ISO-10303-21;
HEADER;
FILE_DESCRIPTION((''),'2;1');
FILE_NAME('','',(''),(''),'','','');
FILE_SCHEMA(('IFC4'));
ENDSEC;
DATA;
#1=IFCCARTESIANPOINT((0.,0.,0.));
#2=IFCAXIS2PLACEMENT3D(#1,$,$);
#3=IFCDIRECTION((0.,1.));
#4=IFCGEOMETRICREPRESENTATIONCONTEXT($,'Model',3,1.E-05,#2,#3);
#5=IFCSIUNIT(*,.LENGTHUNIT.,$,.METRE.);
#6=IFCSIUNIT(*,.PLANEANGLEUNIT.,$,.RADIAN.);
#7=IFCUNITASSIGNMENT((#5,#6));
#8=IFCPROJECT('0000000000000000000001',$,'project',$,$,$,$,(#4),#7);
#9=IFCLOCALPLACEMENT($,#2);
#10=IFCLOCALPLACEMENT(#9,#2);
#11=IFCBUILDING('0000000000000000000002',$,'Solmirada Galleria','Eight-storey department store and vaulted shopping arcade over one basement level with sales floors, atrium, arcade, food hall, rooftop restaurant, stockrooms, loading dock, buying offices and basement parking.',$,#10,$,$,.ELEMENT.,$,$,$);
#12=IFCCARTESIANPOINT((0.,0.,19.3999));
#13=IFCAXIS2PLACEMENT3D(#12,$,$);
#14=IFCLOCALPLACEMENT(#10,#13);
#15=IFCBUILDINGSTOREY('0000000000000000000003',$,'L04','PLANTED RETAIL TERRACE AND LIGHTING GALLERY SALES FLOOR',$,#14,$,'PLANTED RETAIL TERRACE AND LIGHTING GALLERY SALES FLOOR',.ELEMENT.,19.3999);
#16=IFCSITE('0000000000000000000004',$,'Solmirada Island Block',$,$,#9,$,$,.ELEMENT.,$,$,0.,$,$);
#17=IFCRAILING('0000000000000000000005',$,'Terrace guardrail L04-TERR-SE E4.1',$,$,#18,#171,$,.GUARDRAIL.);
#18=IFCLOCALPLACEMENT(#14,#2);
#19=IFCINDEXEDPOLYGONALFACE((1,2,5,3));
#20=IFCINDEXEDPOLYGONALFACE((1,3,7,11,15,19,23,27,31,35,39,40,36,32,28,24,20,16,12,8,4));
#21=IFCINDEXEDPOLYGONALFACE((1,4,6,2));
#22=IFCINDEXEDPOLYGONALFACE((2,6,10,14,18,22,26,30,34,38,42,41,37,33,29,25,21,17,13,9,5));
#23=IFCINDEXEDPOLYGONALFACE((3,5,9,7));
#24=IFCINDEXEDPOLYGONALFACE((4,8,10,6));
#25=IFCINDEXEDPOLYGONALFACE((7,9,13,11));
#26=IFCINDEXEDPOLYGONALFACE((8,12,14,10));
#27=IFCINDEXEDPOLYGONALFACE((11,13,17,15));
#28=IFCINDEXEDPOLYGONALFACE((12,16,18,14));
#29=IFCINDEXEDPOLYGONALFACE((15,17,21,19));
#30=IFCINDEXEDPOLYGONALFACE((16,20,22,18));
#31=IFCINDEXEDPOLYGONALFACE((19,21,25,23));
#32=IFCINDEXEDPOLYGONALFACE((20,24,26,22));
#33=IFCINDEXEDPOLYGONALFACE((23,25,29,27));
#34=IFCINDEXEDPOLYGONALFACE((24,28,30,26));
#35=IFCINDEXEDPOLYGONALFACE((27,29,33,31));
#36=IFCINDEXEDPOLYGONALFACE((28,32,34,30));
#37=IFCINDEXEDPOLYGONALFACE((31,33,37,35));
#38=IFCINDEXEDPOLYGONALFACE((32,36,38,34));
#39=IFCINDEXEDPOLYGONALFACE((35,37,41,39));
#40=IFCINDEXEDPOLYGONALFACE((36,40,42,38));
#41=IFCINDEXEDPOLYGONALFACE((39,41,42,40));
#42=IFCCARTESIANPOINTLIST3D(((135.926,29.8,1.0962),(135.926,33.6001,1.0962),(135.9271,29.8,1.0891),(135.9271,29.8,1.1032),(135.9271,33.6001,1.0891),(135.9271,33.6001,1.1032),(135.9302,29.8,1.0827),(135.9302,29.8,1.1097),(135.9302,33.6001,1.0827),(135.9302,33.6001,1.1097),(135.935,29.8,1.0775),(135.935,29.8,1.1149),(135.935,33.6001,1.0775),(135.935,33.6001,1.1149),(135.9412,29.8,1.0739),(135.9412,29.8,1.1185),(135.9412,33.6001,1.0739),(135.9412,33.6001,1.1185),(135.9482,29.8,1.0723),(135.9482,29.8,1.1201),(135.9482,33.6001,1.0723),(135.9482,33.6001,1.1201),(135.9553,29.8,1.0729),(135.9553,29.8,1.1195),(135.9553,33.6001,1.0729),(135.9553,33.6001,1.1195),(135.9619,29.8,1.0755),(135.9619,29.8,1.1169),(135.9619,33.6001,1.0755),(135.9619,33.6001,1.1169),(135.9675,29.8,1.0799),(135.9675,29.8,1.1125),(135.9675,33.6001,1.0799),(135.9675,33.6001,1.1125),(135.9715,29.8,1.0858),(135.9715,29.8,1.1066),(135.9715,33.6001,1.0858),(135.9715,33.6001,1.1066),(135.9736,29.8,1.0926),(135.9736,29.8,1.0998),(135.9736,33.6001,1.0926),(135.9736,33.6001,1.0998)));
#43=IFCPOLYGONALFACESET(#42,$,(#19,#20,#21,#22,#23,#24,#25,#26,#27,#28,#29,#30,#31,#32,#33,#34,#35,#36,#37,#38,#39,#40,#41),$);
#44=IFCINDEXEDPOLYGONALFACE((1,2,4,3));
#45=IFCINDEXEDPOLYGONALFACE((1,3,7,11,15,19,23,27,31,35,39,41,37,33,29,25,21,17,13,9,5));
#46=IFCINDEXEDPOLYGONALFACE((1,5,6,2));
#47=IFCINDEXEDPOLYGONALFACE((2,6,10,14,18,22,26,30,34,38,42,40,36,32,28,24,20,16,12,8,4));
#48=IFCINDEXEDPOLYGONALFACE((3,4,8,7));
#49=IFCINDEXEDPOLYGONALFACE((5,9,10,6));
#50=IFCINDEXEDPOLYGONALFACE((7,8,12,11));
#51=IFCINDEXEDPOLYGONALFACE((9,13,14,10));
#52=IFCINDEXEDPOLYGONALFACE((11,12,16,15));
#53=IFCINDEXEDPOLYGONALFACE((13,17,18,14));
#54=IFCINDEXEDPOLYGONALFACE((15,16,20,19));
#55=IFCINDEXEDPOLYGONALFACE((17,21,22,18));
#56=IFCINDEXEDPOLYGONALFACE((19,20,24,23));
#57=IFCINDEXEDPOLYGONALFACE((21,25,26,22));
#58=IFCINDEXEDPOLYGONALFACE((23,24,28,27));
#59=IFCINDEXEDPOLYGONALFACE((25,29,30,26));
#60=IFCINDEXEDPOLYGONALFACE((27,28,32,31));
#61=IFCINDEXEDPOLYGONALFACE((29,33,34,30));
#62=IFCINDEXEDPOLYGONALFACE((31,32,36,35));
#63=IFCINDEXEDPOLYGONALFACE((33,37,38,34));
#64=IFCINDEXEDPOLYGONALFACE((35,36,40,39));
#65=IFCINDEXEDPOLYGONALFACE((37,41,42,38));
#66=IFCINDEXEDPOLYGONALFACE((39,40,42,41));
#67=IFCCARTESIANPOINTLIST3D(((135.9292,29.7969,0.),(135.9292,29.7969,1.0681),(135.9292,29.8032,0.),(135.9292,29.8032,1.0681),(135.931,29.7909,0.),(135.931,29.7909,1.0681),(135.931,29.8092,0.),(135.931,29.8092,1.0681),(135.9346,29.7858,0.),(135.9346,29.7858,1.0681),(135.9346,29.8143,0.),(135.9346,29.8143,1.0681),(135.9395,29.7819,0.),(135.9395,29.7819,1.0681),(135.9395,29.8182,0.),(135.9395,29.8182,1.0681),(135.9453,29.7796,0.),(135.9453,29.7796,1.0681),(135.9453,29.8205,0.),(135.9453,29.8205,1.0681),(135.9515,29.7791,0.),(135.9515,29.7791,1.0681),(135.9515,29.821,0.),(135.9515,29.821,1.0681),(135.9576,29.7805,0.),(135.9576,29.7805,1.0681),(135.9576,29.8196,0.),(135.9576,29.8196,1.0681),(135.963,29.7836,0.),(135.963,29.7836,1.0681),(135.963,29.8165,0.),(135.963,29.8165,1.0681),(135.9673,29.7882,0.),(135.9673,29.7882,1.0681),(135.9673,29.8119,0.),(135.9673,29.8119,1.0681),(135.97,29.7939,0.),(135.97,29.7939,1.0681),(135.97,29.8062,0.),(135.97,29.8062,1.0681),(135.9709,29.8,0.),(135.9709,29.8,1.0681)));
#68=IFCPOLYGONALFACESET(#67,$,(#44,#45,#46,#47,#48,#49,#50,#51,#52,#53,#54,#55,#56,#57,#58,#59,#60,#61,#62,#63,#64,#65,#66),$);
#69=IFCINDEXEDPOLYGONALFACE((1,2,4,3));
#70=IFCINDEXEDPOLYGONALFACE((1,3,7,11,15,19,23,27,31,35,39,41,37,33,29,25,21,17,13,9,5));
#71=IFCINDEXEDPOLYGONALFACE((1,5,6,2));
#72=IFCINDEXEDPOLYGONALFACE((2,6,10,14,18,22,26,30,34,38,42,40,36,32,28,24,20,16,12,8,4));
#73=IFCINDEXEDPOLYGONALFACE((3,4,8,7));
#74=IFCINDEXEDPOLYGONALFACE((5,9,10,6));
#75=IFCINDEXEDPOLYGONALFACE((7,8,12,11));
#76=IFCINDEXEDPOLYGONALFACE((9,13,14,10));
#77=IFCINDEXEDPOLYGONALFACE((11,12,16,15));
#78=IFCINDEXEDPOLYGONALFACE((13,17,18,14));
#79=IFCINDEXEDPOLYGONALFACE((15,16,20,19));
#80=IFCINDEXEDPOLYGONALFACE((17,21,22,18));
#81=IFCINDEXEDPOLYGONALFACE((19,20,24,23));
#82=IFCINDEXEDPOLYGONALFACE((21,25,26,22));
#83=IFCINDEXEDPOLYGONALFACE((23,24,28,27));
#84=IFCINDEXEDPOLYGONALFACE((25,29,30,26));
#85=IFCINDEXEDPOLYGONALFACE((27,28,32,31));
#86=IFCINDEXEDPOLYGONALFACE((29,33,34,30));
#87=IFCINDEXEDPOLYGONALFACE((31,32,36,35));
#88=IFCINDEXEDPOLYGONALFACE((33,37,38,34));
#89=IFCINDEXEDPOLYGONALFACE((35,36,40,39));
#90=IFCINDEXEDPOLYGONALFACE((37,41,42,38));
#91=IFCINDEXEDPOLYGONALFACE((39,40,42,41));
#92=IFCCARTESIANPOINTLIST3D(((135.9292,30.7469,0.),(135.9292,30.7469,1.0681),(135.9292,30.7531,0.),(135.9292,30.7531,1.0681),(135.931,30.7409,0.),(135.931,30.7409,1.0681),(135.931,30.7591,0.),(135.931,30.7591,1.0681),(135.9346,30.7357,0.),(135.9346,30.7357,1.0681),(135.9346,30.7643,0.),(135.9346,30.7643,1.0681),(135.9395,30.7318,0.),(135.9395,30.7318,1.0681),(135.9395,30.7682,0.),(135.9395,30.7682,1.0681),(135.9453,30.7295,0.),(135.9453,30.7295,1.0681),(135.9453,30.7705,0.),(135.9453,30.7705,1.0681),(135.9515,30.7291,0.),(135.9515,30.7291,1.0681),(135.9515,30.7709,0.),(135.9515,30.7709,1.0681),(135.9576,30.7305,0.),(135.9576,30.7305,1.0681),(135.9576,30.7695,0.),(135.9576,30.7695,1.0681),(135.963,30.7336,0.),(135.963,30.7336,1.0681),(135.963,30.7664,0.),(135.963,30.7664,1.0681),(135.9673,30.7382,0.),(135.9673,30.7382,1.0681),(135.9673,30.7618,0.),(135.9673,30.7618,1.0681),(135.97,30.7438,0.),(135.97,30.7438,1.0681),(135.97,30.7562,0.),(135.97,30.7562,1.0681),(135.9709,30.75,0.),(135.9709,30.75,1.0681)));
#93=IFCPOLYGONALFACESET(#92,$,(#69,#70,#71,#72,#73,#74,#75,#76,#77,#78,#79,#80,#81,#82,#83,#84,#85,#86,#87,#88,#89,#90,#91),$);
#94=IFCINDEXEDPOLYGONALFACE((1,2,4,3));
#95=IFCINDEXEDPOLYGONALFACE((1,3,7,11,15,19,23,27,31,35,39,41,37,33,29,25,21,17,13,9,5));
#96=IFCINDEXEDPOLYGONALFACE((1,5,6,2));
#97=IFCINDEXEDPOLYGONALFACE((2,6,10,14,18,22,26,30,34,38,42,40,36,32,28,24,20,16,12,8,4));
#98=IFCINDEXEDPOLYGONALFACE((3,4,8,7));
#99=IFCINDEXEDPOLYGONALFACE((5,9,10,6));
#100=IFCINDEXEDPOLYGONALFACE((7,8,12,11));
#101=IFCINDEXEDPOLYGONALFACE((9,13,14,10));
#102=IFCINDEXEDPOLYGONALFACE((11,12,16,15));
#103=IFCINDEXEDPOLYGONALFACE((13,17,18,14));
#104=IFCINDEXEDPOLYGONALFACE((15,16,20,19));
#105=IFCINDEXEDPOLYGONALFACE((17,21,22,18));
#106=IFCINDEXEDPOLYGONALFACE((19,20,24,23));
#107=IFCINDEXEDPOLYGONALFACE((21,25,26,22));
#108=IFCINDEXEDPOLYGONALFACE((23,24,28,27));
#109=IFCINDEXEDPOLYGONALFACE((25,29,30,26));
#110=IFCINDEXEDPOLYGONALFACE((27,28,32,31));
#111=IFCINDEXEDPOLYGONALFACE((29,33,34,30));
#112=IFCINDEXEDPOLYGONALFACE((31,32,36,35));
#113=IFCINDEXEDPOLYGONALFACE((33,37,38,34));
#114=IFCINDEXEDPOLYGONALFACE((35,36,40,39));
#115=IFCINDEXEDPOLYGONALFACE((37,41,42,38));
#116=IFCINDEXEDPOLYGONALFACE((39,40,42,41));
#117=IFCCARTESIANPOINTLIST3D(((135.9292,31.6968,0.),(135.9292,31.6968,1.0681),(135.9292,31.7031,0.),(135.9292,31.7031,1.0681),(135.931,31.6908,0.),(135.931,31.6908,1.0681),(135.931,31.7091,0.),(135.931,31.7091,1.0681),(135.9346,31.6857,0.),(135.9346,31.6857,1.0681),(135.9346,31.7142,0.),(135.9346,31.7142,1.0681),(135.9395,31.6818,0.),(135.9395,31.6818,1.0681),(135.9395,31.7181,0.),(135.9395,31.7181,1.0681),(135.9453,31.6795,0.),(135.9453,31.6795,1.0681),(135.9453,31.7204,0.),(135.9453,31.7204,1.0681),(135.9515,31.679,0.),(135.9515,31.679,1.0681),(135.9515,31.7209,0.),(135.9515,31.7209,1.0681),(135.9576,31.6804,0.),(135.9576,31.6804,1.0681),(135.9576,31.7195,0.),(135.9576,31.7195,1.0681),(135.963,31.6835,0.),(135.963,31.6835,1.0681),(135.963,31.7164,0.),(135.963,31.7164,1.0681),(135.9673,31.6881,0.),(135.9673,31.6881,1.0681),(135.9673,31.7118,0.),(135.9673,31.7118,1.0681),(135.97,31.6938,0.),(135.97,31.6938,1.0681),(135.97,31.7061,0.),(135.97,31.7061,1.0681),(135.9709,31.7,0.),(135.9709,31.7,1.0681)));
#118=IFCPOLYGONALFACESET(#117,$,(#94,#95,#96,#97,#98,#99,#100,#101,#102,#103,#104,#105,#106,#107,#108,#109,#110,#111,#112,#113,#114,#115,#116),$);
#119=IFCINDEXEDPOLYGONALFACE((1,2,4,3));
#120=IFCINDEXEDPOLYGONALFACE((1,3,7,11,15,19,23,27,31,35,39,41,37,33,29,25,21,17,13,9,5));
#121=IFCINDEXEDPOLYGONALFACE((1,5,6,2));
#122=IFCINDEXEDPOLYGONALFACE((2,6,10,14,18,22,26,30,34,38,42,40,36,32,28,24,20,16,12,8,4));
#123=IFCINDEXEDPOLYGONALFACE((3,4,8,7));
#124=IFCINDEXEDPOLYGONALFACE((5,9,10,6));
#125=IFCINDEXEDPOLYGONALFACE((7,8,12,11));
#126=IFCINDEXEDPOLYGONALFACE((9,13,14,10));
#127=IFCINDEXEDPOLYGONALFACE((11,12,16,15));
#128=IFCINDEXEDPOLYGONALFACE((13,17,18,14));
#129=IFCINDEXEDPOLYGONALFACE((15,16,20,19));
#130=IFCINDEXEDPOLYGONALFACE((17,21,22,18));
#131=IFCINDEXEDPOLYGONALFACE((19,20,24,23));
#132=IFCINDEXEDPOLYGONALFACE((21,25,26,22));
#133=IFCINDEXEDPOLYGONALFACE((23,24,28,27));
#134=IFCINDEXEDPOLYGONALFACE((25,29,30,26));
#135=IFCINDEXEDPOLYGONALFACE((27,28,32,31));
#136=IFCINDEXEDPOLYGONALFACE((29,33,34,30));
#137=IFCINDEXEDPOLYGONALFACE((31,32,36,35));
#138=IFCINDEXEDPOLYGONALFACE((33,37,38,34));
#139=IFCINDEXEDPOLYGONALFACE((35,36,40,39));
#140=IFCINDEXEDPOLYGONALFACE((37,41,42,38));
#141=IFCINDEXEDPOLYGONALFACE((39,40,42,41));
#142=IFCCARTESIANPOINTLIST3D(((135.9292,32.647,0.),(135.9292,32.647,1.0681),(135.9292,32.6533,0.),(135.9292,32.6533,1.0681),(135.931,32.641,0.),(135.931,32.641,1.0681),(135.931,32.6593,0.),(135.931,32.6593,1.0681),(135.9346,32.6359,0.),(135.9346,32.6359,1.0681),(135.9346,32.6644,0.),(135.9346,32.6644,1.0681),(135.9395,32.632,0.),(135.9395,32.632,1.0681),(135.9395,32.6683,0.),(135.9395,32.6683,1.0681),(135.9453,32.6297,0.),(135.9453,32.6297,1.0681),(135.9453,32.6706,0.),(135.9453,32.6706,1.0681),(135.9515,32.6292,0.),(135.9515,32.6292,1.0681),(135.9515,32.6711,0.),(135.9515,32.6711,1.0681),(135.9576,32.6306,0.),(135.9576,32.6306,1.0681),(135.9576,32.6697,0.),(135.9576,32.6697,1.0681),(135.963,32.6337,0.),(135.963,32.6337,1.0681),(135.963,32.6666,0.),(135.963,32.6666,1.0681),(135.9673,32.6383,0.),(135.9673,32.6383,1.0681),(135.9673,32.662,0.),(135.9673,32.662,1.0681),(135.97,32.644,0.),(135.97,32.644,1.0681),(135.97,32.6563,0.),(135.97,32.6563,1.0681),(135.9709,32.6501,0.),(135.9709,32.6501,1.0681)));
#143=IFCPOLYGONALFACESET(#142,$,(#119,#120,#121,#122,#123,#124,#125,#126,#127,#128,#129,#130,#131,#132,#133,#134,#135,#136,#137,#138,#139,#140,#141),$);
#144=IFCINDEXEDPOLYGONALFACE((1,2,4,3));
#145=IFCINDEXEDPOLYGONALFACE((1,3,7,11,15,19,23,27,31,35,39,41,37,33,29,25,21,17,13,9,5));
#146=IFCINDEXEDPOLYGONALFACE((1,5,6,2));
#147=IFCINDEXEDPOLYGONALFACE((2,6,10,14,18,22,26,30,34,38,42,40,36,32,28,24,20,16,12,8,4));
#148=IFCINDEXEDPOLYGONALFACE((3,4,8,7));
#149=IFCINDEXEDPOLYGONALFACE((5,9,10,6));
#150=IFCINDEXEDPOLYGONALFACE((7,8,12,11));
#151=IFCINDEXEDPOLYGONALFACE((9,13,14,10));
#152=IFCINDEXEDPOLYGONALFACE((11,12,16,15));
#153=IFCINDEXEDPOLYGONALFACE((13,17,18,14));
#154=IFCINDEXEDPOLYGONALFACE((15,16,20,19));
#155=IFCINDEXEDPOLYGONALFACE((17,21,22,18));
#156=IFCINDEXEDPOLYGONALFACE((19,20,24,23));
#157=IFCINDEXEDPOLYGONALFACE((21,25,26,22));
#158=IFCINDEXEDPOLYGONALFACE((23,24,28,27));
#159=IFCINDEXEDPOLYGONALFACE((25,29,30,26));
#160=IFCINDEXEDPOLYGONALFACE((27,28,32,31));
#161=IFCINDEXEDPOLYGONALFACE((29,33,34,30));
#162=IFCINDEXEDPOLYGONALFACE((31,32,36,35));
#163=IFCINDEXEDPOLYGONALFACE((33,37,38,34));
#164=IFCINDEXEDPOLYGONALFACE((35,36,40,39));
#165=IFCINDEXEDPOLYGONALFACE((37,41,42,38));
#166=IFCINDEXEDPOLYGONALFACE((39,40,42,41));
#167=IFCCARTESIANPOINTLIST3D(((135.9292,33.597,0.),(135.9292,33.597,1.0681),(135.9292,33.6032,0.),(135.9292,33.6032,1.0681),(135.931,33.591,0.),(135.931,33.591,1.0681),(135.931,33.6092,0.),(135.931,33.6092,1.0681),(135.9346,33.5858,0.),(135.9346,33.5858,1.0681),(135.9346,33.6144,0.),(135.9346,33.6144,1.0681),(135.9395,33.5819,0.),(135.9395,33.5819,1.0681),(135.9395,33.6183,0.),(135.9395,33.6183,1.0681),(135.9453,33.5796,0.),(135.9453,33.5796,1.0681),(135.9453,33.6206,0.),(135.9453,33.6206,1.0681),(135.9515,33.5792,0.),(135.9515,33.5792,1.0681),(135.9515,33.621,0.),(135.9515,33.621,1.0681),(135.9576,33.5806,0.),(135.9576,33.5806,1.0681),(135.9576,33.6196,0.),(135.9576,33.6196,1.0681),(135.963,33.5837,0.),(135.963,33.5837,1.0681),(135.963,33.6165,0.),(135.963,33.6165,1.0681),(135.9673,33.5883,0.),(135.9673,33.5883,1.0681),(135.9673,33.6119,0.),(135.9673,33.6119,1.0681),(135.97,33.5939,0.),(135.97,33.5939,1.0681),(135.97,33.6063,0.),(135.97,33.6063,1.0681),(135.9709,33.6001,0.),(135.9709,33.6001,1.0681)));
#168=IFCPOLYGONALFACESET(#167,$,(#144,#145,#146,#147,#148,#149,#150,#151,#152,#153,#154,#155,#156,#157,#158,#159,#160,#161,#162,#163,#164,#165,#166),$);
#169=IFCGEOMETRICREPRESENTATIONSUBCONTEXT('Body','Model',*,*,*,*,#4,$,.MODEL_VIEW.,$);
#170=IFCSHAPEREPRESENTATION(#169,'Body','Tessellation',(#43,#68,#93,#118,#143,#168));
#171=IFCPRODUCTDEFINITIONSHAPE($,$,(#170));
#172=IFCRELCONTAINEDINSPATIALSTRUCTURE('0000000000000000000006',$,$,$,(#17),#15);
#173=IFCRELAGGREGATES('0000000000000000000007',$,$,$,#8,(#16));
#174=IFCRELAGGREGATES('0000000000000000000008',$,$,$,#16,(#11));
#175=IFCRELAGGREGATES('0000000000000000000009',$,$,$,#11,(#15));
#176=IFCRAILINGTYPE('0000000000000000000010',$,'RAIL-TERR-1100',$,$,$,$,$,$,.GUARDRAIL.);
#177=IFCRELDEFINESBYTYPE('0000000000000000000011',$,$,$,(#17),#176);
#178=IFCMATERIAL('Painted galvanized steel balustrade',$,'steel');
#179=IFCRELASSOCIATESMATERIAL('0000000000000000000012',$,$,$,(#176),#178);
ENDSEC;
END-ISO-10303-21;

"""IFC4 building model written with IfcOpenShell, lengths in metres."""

from ifc_helpers import new_model, si_unit, direction, frame, origin, origin_2d, place, context, subcontext, project, spatial, circle, extrude, material, type_object, element, save


model = new_model("IFC4")

# Units and contexts
model_context = context("Model", 3, precision=1e-05, world=origin(), true_north=direction((0.0, 1.0)))
body_context = subcontext(model_context, "Body", "Model", "MODEL_VIEW")
ifc_project = project(units=[si_unit("LENGTHUNIT", "METRE"), si_unit("PLANEANGLEUNIT", "RADIAN")], contexts=[model_context])

# Site, building, storey
site_placement = place(None, origin())
site = spatial("IfcSite", under=ifc_project, at=site_placement, Name="Solmirada Island Block", CompositionType="ELEMENT", RefElevation=0.0)
building_placement = place(site_placement, origin())
building = spatial("IfcBuilding", under=site, at=building_placement, Name="Solmirada Galleria", Description="Eight-storey department store and vaulted shopping arcade over one basement level with sales floors, atrium, arcade, food hall, rooftop restaurant, stockrooms, loading dock, buying offices and basement parking.", CompositionType="ELEMENT")
storey_placement = place(building_placement, frame((0.0, 0.0, 19.3999)))
storey = spatial("IfcBuildingStorey", under=building, at=storey_placement, Name="L04", Description="PLANTED RETAIL TERRACE AND LIGHTING GALLERY SALES FLOOR", LongName="PLANTED RETAIL TERRACE AND LIGHTING GALLERY SALES FLOOR", CompositionType="ELEMENT", Elevation=19.3999)

# Railing
ifc_material_1 = material(Name="Painted galvanized steel balustrade", Category="steel")
railing_type = type_object("IfcRailingType", Name="RAIL-TERR-1100", PredefinedType="GUARDRAIL", material=ifc_material_1)
railing_1_placement = place(storey_placement, frame((135.95, 29.8, 0.0)))
element("IfcRailing", 1, at=railing_1_placement, inside=storey, type_object=railing_type, Name="Terrace guardrail L04-TERR-SE E4.1", PredefinedType="GUARDRAIL", context=body_context, shape_type="SweptSolid", body=[
    extrude(circle(Radius=0.0239, at=origin_2d()), frame((0.0, 0.0, 1.0962), z_axis=(0.0, 1.0, 0.0), x_axis=(-1.0, 0.0, 0.0)), (0.0, 0.0, 1.0), 3.8),
    extrude(circle(Radius=0.021, at=origin_2d()), origin(), (0.0, 0.0, 1.0), 1.0681),
    extrude(circle(Radius=0.021, at=origin_2d()), frame((0.0, 0.95, 0.0)), (0.0, 0.0, 1.0), 1.0681),
    extrude(circle(Radius=0.021, at=origin_2d()), frame((0.0, 1.8999, 0.0)), (0.0, 0.0, 1.0), 1.0681),
    extrude(circle(Radius=0.021, at=origin_2d()), frame((0.0, 2.8501, 0.0)), (0.0, 0.0, 1.0), 1.0681),
    extrude(circle(Radius=0.021, at=origin_2d()), frame((0.0, 3.8, 0.0)), (0.0, 0.0, 1.0), 1.0681),
])

save(model, "model.ifc")
